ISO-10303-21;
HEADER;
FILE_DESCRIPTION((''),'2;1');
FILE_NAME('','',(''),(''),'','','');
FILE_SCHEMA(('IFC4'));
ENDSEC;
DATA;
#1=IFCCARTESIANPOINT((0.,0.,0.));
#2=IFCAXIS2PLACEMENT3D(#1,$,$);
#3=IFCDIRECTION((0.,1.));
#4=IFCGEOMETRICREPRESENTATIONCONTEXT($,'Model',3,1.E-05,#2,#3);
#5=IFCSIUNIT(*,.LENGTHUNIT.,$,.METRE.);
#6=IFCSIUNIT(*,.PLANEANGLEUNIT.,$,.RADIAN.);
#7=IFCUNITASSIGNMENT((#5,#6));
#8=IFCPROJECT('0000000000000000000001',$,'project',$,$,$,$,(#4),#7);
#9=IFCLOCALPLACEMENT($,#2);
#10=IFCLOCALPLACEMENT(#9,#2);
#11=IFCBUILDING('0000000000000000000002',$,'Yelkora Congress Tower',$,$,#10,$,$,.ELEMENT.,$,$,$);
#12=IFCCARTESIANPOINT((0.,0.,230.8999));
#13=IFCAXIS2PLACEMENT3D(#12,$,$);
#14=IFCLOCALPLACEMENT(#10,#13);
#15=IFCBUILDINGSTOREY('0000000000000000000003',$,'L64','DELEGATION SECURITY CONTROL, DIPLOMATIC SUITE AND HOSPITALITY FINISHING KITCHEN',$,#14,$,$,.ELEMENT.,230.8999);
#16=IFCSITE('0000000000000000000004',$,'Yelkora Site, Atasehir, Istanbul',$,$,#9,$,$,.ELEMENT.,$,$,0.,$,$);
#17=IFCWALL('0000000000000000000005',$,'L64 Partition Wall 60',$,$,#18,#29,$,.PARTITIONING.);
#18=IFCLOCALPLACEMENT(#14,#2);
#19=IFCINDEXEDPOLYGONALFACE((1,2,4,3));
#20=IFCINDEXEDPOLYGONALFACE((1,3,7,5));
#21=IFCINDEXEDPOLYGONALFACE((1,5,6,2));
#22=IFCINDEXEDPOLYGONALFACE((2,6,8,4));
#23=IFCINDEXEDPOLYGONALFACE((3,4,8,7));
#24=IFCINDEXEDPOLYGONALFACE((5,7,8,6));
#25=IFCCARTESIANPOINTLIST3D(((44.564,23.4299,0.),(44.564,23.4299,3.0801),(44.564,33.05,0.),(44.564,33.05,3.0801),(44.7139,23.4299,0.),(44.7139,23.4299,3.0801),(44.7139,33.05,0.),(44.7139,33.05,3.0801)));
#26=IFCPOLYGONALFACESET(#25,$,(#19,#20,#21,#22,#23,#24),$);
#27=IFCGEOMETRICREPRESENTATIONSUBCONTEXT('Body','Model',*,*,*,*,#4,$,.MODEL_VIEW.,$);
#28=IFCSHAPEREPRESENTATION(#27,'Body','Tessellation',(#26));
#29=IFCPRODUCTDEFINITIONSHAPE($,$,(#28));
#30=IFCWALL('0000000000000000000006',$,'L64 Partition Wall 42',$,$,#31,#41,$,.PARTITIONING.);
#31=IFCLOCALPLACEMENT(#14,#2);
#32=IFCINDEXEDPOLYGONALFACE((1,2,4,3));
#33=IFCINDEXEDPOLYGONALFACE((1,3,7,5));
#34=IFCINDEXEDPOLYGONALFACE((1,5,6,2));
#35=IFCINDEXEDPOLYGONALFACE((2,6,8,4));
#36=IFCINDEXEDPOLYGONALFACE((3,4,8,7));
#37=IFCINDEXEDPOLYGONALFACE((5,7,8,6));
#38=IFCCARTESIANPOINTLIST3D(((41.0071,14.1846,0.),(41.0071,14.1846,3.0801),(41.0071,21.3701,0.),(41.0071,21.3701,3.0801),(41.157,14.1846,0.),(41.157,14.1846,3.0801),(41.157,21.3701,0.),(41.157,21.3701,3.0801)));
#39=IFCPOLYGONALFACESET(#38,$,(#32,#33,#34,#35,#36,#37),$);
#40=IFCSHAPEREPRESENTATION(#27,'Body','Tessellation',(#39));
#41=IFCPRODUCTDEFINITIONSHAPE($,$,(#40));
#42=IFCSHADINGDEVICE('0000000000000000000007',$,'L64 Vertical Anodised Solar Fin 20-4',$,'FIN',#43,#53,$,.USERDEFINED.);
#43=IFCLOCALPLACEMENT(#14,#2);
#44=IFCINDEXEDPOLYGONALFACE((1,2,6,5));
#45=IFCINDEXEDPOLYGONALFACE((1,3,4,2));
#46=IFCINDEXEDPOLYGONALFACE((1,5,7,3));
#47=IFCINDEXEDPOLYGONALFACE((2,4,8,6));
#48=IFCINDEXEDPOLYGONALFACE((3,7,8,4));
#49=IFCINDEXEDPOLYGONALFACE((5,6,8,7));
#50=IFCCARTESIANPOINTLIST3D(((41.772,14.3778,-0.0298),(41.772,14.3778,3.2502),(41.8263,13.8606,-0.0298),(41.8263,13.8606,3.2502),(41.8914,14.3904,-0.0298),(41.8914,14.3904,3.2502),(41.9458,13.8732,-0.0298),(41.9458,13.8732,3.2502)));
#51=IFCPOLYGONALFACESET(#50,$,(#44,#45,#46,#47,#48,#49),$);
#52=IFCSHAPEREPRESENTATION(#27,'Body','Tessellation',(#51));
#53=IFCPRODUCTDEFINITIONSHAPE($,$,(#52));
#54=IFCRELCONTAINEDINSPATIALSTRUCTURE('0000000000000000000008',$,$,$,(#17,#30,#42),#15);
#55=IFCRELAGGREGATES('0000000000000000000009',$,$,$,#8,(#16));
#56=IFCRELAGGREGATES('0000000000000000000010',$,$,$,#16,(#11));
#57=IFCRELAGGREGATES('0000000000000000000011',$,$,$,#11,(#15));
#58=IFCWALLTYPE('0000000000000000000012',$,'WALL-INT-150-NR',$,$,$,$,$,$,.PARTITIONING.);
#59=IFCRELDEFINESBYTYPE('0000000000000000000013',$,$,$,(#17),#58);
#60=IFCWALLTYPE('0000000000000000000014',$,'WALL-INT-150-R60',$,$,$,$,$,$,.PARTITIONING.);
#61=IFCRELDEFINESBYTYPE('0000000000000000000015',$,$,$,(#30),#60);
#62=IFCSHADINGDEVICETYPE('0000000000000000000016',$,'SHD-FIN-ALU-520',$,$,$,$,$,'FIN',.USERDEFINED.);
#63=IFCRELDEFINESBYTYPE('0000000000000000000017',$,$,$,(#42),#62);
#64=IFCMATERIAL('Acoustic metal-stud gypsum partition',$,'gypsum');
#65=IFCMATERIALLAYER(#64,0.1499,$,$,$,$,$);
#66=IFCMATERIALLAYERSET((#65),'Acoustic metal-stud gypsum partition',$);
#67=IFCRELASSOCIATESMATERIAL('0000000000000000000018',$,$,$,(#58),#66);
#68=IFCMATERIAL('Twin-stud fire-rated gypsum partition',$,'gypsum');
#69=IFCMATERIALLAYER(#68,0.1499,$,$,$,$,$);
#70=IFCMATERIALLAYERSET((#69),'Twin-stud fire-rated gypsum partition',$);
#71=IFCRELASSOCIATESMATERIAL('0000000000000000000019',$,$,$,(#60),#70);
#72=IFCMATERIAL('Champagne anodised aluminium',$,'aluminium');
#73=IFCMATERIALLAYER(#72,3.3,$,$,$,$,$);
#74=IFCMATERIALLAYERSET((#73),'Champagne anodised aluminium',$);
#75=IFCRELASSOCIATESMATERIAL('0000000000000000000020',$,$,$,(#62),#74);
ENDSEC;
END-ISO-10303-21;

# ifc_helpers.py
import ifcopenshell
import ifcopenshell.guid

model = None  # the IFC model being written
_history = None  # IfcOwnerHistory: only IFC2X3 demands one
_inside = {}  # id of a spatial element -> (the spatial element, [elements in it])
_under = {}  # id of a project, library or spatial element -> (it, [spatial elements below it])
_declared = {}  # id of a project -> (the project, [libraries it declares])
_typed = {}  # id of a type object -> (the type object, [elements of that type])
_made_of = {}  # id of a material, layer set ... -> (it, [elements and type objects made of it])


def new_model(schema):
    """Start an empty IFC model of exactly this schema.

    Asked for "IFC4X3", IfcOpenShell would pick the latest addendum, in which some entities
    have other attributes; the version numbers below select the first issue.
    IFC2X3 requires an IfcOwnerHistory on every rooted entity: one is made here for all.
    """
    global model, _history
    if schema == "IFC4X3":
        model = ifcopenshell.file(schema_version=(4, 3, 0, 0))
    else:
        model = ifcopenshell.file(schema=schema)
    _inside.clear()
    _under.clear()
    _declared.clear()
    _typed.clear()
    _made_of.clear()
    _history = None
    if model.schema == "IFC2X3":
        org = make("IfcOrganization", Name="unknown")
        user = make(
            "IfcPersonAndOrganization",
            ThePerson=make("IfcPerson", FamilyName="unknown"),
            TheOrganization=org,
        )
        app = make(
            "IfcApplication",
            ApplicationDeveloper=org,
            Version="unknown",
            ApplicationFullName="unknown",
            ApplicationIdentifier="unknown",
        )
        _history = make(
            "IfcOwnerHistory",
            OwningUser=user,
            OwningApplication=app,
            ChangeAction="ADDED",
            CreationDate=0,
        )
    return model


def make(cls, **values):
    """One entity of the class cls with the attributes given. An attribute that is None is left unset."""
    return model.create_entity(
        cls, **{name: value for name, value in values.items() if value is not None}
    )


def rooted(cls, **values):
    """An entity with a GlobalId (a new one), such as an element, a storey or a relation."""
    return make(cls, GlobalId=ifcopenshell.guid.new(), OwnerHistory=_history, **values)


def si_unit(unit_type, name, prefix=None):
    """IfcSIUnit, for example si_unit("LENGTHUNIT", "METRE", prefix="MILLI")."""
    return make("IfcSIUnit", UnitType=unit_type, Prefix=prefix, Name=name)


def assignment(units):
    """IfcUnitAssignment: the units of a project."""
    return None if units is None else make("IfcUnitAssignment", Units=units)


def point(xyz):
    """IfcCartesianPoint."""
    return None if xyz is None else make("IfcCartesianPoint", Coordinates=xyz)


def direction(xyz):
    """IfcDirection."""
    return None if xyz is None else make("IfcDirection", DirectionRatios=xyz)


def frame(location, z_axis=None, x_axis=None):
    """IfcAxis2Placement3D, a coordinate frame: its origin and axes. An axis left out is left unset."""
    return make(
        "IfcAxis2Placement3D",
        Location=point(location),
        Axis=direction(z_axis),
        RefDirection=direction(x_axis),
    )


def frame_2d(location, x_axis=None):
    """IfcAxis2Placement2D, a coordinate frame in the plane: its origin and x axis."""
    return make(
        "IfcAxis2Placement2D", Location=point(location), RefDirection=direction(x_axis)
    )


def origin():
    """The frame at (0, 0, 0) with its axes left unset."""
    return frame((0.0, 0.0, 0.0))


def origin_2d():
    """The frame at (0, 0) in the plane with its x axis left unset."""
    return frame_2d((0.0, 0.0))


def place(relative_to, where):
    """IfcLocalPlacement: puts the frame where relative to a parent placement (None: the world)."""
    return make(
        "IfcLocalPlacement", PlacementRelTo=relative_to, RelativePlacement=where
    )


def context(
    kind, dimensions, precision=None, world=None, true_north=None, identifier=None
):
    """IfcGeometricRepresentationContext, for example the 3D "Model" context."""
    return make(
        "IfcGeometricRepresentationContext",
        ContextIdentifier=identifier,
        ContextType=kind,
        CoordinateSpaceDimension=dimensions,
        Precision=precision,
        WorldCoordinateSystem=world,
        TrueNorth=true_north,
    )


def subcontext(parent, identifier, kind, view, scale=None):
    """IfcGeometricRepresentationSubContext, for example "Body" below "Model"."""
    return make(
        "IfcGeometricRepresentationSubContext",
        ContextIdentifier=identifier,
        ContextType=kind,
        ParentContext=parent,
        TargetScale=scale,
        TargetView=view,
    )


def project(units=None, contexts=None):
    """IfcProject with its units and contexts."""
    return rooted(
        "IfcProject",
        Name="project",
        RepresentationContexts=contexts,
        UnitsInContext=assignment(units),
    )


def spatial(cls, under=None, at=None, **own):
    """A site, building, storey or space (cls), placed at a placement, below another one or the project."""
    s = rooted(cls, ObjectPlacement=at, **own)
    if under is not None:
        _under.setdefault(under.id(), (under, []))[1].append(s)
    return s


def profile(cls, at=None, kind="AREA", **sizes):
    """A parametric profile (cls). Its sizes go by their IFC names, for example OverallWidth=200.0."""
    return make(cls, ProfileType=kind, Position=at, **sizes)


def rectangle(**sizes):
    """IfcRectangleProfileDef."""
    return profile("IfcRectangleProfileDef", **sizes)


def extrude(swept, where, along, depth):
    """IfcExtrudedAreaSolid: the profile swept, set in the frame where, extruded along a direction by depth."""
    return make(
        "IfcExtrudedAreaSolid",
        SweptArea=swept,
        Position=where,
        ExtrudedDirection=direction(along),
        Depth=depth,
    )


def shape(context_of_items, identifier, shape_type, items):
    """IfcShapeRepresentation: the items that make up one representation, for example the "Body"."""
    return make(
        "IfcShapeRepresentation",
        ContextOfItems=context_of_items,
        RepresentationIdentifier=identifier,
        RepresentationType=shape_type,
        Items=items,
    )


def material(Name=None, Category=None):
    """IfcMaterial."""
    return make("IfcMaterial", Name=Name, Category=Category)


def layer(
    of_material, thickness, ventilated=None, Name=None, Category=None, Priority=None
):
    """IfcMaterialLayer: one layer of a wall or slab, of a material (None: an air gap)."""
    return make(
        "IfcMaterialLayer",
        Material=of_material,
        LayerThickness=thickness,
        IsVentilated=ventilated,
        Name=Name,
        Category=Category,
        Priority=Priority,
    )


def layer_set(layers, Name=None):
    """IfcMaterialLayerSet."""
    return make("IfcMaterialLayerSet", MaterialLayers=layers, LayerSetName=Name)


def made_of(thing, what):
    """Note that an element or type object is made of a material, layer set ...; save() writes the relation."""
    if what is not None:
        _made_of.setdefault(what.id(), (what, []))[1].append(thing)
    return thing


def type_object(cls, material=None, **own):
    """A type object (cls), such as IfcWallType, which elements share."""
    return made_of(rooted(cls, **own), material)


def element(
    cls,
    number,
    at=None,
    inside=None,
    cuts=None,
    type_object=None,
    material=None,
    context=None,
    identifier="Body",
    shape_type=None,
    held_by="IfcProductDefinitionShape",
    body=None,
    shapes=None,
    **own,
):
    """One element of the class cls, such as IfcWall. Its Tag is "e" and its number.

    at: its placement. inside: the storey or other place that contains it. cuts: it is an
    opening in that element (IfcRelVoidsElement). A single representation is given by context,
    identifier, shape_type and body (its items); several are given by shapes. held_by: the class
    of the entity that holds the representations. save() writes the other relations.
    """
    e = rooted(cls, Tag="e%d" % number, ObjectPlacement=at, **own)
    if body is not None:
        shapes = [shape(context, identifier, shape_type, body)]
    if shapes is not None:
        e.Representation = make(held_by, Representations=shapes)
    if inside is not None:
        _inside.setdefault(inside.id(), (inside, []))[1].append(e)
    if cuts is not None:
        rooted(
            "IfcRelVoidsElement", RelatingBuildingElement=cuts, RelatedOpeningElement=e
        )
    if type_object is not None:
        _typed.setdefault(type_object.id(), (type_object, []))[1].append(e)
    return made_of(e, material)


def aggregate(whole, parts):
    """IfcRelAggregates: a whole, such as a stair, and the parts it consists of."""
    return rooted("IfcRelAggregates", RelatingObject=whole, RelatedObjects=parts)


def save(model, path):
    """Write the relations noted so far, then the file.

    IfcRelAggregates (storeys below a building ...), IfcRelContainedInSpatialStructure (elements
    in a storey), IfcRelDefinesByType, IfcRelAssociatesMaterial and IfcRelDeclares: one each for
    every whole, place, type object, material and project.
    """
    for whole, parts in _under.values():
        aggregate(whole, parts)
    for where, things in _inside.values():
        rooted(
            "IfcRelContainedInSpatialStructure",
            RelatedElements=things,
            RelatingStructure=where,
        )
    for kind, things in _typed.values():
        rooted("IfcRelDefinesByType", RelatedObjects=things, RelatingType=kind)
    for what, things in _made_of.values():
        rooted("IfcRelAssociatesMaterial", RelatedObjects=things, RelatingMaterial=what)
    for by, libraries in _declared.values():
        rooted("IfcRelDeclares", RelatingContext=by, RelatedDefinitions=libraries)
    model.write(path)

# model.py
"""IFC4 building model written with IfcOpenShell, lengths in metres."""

from ifc_helpers import new_model, si_unit, direction, frame, frame_2d, origin, origin_2d, place, context, subcontext, project, spatial, rectangle, extrude, material, layer, layer_set, type_object, element, save


model = new_model("IFC4")

# Units and contexts
model_context = context("Model", 3, precision=1e-05, world=origin(), true_north=direction((0.0, 1.0)))
body_context = subcontext(model_context, "Body", "Model", "MODEL_VIEW")
ifc_project = project(units=[si_unit("LENGTHUNIT", "METRE"), si_unit("PLANEANGLEUNIT", "RADIAN")], contexts=[model_context])

# Site, building, storey
site_placement = place(None, origin())
site = spatial("IfcSite", under=ifc_project, at=site_placement, Name="Yelkora Site, Atasehir, Istanbul", CompositionType="ELEMENT", RefElevation=0.0)
building_placement = place(site_placement, origin())
building = spatial("IfcBuilding", under=site, at=building_placement, Name="Yelkora Congress Tower", CompositionType="ELEMENT")
storey_placement = place(building_placement, frame((0.0, 0.0, 230.8999)))
storey = spatial("IfcBuildingStorey", under=building, at=storey_placement, Name="L64", Description="DELEGATION SECURITY CONTROL, DIPLOMATIC SUITE AND HOSPITALITY FINISHING KITCHEN", CompositionType="ELEMENT", Elevation=230.8999)

# Walls
ifc_material_1 = material(Name="Acoustic metal-stud gypsum partition", Category="gypsum")
ifc_layer_1 = layer(ifc_material_1, 0.1499)
ifc_layer_set_1 = layer_set([ifc_layer_1], Name="Acoustic metal-stud gypsum partition")
wall_type_1 = type_object("IfcWallType", Name="WALL-INT-150-NR", PredefinedType="PARTITIONING", material=ifc_layer_set_1)
for number, where, z_axis, x_axis, name in (
    (1, (44.6389, 23.4299, 0.0), (0.0, 0.0, 1.0), (0.0, 1.0, 0.0), "L64 Partition Wall 60"),
):
    element("IfcWall", number, at=place(storey_placement, frame(where, z_axis=z_axis, x_axis=x_axis)), inside=storey, type_object=wall_type_1, Name=name, PredefinedType="PARTITIONING", context=body_context, shape_type="SweptSolid", body=[
        extrude(rectangle(XDim=9.6201, YDim=0.1499, at=frame_2d((4.8101, 0.0))), origin(), (0.0, 0.0, 1.0), 3.0801),
    ])
ifc_material_2 = material(Name="Twin-stud fire-rated gypsum partition", Category="gypsum")
ifc_layer_2 = layer(ifc_material_2, 0.1499)
ifc_layer_set_2 = layer_set([ifc_layer_2], Name="Twin-stud fire-rated gypsum partition")
wall_type_2 = type_object("IfcWallType", Name="WALL-INT-150-R60", PredefinedType="PARTITIONING", material=ifc_layer_set_2)
wall_1_placement = place(storey_placement, frame((41.082, 14.1846, 0.0), z_axis=(0.0, 0.0, 1.0), x_axis=(0.0, 1.0, 0.0)))
element("IfcWall", 2, at=wall_1_placement, inside=storey, type_object=wall_type_2, Name="L64 Partition Wall 42", PredefinedType="PARTITIONING", context=body_context, shape_type="SweptSolid", body=[
    extrude(rectangle(XDim=7.1855, YDim=0.1499, at=frame_2d((3.5928, 0.0))), origin(), (0.0, 0.0, 1.0), 3.0801),
])

# Shading device
ifc_material_3 = material(Name="Champagne anodised aluminium", Category="aluminium")
ifc_layer_3 = layer(ifc_material_3, 3.3)
ifc_layer_set_3 = layer_set([ifc_layer_3], Name="Champagne anodised aluminium")
shading_device_type = type_object("IfcShadingDeviceType", Name="SHD-FIN-ALU-520", ElementType="FIN", PredefinedType="USERDEFINED", material=ifc_layer_set_3)
shading_device_placement = place(storey_placement, frame((41.8589, 14.1255, -0.0298), z_axis=(0.0, 0.0, 1.0), x_axis=(-0.994522, -0.104528, 0.0)))
element("IfcShadingDevice", 3, at=shading_device_placement, inside=storey, type_object=shading_device_type, Name="L64 Vertical Anodised Solar Fin 20-4", ObjectType="FIN", PredefinedType="USERDEFINED", context=body_context, shape_type="SweptSolid", body=[
    extrude(rectangle(XDim=0.1201, YDim=0.52, at=origin_2d()), origin(), (0.0, 0.0, 1.0), 3.28),
])

save(model, "model.ifc")
